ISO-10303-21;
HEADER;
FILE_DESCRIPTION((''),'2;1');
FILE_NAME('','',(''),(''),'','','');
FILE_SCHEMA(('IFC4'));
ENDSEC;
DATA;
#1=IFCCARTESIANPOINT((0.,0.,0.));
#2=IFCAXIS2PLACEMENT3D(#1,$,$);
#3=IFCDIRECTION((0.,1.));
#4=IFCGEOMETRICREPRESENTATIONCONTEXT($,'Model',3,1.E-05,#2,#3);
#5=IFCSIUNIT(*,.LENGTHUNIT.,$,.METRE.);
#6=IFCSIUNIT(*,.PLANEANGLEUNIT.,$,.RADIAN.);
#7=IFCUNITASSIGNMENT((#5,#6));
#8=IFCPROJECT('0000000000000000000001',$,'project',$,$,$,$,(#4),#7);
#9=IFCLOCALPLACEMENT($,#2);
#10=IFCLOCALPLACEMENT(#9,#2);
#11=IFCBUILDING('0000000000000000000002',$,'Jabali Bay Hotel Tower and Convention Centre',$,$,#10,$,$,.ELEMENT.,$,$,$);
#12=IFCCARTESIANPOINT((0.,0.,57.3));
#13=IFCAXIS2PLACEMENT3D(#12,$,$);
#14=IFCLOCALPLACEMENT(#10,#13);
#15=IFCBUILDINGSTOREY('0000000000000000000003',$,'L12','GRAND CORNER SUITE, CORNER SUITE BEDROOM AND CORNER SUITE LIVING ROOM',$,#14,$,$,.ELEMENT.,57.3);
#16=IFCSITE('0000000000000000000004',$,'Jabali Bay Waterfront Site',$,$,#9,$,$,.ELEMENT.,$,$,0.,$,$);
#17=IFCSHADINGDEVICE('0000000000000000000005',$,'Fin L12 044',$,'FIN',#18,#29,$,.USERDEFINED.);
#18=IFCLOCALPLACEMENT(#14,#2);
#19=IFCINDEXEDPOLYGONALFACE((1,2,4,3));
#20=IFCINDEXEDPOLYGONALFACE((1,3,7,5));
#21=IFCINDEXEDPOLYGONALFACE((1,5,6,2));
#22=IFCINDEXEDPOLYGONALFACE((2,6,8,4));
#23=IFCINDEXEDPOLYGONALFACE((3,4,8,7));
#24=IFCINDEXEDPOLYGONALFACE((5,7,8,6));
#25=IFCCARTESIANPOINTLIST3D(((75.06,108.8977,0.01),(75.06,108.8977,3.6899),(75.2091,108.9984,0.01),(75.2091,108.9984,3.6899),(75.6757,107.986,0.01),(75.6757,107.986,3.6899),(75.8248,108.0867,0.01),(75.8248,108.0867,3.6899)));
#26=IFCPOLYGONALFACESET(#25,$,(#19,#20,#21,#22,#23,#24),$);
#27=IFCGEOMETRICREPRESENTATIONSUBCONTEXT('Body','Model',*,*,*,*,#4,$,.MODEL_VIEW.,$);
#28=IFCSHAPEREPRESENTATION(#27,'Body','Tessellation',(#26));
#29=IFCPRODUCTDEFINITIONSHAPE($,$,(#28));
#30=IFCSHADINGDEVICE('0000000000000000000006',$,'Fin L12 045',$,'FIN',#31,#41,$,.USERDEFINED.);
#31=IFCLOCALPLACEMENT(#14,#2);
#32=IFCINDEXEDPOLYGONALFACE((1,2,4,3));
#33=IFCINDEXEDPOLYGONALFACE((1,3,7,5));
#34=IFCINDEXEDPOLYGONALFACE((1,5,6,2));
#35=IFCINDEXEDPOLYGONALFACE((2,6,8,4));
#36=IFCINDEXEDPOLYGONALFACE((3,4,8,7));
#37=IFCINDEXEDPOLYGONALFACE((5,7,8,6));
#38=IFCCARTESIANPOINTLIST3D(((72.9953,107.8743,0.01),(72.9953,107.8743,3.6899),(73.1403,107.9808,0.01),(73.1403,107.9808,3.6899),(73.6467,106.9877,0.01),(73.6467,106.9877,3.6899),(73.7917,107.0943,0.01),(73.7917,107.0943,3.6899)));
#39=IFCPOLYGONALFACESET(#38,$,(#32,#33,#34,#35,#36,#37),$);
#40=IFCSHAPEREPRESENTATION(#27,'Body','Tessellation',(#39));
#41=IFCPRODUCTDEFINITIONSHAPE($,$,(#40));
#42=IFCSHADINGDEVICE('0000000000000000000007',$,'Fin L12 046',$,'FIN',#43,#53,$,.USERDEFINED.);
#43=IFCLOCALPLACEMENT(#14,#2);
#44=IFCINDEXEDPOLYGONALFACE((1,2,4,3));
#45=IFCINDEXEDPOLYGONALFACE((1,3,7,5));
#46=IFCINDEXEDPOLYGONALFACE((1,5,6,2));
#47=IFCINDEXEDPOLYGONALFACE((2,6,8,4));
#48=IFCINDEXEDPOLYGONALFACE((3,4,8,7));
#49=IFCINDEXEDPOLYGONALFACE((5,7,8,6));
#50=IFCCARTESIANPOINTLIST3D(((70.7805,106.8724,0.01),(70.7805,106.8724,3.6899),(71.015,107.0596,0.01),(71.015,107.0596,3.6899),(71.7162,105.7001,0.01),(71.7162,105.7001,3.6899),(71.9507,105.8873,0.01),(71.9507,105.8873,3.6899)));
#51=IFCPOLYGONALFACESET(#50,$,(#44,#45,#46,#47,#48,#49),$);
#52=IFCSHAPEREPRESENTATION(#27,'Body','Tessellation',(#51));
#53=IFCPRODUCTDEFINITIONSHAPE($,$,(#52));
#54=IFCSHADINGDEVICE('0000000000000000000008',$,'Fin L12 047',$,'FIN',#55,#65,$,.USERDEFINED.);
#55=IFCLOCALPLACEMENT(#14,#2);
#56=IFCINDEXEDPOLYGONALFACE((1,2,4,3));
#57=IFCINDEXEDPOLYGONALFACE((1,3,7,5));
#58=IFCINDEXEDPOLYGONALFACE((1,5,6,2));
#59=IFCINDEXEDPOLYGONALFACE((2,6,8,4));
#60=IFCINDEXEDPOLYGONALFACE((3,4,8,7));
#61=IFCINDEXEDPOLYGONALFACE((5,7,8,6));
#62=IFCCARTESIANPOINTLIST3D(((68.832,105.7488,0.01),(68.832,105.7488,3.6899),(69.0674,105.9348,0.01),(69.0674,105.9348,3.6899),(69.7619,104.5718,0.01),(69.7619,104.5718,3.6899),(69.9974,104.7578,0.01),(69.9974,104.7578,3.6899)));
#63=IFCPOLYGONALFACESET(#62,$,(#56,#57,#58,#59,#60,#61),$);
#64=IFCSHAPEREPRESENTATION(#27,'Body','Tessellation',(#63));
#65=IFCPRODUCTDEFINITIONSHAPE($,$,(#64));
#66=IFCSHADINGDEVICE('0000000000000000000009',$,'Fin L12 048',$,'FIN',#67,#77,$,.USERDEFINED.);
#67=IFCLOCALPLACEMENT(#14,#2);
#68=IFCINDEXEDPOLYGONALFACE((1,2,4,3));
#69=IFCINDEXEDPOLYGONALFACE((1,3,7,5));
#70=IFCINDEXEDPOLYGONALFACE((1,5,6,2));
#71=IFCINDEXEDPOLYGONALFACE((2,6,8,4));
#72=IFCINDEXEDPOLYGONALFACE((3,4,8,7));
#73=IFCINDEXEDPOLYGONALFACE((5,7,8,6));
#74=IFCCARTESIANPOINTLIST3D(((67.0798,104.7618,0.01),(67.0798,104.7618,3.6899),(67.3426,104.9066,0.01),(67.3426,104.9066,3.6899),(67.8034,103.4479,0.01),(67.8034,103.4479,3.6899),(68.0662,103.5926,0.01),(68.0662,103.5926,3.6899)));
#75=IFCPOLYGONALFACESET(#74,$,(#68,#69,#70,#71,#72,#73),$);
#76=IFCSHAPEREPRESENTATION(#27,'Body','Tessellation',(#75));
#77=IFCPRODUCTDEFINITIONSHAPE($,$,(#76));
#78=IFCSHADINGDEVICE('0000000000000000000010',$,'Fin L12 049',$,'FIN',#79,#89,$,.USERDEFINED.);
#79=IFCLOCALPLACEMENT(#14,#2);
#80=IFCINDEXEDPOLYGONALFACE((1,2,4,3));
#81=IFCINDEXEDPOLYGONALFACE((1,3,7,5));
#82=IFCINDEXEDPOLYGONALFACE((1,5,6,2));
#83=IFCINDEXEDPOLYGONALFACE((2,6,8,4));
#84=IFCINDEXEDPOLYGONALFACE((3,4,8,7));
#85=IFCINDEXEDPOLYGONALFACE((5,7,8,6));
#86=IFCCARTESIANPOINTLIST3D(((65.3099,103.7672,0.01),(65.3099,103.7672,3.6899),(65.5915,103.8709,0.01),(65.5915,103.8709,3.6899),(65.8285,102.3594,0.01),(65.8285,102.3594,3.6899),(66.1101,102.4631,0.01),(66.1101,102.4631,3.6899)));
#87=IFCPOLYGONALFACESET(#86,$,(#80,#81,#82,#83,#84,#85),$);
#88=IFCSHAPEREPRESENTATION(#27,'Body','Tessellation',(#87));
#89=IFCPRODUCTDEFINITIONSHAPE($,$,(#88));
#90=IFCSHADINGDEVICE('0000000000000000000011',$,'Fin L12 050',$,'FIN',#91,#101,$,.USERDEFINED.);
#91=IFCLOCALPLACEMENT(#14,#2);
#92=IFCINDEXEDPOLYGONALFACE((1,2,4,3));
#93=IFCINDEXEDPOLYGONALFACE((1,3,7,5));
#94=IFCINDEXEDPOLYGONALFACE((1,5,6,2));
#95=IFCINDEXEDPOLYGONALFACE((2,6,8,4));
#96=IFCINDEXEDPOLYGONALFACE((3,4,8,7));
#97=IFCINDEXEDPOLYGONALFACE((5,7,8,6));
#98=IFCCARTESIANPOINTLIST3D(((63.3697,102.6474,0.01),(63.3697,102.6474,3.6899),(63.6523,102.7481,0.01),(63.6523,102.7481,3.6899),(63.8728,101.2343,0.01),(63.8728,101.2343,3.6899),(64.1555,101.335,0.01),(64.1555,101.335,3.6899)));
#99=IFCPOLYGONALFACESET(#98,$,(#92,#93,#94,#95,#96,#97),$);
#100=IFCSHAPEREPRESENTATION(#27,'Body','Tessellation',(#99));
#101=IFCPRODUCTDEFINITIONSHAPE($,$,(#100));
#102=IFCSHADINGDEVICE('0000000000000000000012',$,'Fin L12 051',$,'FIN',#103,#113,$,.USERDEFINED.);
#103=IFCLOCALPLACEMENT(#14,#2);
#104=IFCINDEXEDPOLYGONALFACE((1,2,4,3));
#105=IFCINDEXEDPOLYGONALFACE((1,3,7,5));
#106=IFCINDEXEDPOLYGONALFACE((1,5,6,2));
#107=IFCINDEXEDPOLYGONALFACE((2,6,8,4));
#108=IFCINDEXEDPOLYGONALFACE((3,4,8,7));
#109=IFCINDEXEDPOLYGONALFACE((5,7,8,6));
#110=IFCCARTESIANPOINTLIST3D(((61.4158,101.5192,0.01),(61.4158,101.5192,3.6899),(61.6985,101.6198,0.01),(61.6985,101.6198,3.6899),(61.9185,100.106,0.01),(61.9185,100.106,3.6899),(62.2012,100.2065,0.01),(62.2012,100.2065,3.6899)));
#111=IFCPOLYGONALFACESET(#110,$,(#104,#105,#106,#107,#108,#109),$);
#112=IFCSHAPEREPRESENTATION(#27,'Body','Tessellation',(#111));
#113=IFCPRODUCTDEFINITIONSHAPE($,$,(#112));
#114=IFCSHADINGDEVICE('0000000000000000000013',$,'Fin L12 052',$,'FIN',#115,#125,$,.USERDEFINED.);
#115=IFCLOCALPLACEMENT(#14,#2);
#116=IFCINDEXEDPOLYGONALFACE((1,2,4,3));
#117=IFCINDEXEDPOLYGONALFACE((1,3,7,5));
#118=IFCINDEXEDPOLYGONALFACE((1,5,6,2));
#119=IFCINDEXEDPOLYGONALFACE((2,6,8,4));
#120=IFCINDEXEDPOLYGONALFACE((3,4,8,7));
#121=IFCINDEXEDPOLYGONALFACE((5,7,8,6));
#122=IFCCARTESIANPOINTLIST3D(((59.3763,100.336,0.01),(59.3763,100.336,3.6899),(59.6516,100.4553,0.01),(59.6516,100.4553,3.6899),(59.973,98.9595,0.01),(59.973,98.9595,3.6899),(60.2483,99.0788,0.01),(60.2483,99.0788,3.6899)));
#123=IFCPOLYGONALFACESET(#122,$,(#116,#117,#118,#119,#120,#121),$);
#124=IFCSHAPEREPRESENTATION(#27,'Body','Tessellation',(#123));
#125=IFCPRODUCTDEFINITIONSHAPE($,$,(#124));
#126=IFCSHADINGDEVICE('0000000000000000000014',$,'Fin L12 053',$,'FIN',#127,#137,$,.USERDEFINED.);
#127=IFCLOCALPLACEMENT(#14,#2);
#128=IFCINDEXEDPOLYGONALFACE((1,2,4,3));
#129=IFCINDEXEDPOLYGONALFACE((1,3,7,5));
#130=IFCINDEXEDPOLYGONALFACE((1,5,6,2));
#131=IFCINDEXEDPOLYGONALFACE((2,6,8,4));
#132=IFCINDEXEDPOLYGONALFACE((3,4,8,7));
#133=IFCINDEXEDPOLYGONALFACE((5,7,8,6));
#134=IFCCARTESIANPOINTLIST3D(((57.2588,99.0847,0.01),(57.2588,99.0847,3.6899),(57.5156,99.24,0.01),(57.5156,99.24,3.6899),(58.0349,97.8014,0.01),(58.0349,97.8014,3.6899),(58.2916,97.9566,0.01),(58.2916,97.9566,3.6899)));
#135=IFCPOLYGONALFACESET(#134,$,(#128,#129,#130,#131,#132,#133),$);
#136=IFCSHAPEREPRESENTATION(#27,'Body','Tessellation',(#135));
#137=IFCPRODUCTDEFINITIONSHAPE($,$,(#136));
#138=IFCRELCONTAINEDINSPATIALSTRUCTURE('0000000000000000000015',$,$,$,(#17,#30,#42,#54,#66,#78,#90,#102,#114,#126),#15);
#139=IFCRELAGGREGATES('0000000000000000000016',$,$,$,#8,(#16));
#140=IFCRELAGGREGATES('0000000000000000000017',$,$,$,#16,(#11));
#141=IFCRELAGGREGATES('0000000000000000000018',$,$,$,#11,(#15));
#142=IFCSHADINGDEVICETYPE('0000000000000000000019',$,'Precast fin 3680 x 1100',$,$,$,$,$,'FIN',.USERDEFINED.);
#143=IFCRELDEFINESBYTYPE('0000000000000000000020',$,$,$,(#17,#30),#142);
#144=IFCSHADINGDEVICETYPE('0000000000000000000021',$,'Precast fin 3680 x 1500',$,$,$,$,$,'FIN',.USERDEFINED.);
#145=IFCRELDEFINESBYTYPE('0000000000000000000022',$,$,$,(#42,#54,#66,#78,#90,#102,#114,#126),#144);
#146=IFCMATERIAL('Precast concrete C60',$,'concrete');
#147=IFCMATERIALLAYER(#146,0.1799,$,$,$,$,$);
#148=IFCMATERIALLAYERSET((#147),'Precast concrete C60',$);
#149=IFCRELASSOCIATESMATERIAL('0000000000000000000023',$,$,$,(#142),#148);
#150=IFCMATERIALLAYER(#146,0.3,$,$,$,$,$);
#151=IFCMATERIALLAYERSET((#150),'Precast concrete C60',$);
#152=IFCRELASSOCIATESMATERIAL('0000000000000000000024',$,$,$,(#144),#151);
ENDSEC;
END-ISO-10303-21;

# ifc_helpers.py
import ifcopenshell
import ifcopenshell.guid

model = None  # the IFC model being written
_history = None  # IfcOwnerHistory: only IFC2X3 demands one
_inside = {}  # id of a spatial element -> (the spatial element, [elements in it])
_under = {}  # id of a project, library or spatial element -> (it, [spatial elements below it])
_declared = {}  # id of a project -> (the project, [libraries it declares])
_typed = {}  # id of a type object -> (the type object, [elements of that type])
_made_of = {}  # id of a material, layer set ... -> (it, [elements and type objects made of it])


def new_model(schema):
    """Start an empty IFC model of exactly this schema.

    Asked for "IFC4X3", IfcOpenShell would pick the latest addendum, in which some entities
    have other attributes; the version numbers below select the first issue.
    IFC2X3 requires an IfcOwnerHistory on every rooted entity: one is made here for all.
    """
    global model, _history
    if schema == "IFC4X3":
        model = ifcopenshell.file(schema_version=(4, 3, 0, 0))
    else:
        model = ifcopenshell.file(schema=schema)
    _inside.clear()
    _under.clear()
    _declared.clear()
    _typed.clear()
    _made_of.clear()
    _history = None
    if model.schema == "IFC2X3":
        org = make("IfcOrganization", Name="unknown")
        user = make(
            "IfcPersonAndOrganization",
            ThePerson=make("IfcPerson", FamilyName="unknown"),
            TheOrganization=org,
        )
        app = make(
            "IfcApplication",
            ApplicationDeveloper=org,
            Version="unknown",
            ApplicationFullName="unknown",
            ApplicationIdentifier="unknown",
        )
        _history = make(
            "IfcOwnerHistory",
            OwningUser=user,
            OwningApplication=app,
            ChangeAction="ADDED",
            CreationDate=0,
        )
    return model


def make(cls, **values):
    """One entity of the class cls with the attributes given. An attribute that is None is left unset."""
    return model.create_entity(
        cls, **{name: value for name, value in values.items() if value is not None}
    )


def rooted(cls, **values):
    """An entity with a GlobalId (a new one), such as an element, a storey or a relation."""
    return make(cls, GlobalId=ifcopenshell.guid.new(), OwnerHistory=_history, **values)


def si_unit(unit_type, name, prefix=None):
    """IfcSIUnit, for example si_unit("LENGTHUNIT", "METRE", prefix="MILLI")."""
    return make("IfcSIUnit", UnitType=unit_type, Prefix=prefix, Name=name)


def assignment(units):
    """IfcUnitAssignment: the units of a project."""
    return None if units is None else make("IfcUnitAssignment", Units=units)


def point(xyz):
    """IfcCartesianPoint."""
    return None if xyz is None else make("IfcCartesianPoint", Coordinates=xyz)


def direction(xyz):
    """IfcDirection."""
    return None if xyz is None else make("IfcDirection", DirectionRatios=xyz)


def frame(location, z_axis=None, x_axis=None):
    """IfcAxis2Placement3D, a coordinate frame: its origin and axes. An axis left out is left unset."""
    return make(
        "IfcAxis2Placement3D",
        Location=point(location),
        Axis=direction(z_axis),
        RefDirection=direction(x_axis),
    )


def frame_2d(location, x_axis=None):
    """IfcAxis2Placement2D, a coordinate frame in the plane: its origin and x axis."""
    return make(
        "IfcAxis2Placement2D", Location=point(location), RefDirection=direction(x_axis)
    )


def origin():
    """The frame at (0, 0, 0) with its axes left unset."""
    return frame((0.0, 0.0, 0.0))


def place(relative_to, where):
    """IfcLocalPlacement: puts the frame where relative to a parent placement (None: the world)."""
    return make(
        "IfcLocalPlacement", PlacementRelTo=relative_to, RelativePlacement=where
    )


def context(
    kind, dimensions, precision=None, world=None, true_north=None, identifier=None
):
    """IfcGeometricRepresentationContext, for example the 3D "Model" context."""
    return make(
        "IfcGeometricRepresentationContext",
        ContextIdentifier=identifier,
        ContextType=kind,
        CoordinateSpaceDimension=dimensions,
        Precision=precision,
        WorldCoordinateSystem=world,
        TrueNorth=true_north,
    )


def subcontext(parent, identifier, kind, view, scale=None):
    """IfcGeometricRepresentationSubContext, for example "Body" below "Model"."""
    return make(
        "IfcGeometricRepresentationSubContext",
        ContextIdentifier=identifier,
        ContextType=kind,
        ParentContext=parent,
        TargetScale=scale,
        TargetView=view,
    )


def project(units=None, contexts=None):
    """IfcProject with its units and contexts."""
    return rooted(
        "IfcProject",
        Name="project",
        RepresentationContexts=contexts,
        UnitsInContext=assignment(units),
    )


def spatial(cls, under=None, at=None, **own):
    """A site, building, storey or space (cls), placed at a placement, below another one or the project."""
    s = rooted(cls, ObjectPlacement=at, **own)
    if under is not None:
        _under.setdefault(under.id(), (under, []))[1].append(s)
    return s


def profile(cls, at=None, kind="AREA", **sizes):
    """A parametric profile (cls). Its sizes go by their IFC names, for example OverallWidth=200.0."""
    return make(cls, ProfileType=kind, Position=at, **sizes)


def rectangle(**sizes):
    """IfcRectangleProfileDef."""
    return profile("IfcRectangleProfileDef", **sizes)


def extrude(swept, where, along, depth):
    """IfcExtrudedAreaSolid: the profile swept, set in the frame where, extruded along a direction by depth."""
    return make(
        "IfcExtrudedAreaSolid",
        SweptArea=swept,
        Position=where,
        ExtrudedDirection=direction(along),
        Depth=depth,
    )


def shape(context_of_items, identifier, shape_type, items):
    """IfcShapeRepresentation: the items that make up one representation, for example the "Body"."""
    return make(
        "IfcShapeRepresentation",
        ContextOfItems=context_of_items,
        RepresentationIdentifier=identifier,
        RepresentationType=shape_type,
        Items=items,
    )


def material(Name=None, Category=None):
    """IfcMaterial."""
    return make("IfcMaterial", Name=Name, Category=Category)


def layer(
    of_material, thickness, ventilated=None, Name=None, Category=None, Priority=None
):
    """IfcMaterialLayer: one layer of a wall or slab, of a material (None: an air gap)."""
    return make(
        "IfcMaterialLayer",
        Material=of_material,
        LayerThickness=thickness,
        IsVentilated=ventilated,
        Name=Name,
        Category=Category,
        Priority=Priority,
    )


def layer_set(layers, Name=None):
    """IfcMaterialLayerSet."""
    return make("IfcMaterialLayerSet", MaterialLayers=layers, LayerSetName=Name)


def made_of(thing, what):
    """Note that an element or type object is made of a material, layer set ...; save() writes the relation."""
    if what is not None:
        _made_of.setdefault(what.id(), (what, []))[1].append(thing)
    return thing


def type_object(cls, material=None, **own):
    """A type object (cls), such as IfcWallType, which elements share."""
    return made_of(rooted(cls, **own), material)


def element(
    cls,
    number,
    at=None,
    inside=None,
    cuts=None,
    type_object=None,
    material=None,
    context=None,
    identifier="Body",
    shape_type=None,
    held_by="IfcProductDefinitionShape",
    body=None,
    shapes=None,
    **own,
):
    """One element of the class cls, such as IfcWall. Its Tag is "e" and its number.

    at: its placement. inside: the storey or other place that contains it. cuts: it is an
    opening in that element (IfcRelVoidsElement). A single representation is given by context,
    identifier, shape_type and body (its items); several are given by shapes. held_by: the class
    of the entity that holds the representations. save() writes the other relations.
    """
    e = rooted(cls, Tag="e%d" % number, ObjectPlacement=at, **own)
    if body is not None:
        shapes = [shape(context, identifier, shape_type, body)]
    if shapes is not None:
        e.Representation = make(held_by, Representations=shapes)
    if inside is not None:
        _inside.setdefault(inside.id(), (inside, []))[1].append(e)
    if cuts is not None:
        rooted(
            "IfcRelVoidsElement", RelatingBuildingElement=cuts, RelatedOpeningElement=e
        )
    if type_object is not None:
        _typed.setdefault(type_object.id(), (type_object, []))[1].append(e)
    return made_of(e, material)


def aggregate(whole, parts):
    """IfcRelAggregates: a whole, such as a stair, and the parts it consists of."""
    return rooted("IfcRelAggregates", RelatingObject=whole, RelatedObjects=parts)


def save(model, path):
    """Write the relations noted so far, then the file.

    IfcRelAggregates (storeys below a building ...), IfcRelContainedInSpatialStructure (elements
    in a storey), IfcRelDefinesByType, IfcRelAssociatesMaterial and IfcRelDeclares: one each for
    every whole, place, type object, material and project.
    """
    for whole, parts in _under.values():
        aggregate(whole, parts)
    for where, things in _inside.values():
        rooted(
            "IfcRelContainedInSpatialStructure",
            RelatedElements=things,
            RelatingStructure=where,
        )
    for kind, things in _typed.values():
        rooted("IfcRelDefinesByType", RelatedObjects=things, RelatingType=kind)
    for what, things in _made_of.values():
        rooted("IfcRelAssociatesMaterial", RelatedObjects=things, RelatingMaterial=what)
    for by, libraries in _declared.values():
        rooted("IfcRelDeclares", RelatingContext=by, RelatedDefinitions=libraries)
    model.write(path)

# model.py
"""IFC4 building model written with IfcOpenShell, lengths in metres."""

from ifc_helpers import new_model, si_unit, direction, frame, frame_2d, origin, place, context, subcontext, project, spatial, rectangle, extrude, material, layer, layer_set, type_object, element, save


model = new_model("IFC4")

# Units and contexts
model_context = context("Model", 3, precision=1e-05, world=origin(), true_north=direction((0.0, 1.0)))
body_context = subcontext(model_context, "Body", "Model", "MODEL_VIEW")
ifc_project = project(units=[si_unit("LENGTHUNIT", "METRE"), si_unit("PLANEANGLEUNIT", "RADIAN")], contexts=[model_context])

# Site, building, storey
site_placement = place(None, origin())
site = spatial("IfcSite", under=ifc_project, at=site_placement, Name="Jabali Bay Waterfront Site", CompositionType="ELEMENT", RefElevation=0.0)
building_placement = place(site_placement, origin())
building = spatial("IfcBuilding", under=site, at=building_placement, Name="Jabali Bay Hotel Tower and Convention Centre", CompositionType="ELEMENT")
storey_placement = place(building_placement, frame((0.0, 0.0, 57.3)))
storey = spatial("IfcBuildingStorey", under=building, at=storey_placement, Name="L12", Description="GRAND CORNER SUITE, CORNER SUITE BEDROOM AND CORNER SUITE LIVING ROOM", CompositionType="ELEMENT", Elevation=57.3)

# Shading devices
ifc_material_1 = material(Name="Precast concrete C60", Category="concrete")
ifc_layer_1 = layer(ifc_material_1, 0.1799)
ifc_layer_set_1 = layer_set([ifc_layer_1], Name="Precast concrete C60")
shading_device_type_1 = type_object("IfcShadingDeviceType", Name="Precast fin 3680 x 1100", ElementType="FIN", PredefinedType="USERDEFINED", material=ifc_layer_set_1)
for number, where, z_axis, x_axis, name in (
    (1, (75.7502, 108.0364, 0.01), (0.0, 0.0, 1.0), (-0.559709, 0.828689, 0.0), "Fin L12 044"),
    (2, (73.7192, 107.041, 0.01), (0.0, 0.0, 1.0), (-0.592123, 0.805847, 0.0), "Fin L12 045"),
):
    element("IfcShadingDevice", number, at=place(storey_placement, frame(where, z_axis=z_axis, x_axis=x_axis)), inside=storey, type_object=shading_device_type_1, Name=name, ObjectType="FIN", PredefinedType="USERDEFINED", context=body_context, shape_type="SweptSolid", body=[
        extrude(rectangle(XDim=1.1001, YDim=0.1799, at=frame_2d((0.55, 0.0))), origin(), (0.0, 0.0, 1.0), 3.6799),
    ])
ifc_layer_2 = layer(ifc_material_1, 0.3)
ifc_layer_set_2 = layer_set([ifc_layer_2], Name="Precast concrete C60")
shading_device_type_2 = type_object("IfcShadingDeviceType", Name="Precast fin 3680 x 1500", ElementType="FIN", PredefinedType="USERDEFINED", material=ifc_layer_set_2)
for number, where, z_axis, x_axis, name in (
    (3, (71.8335, 105.7937, 0.01), (0.0, 0.0, 1.0), (-0.623841, 0.781551, 0.0), "Fin L12 046"),
    (4, (69.8796, 104.6648, 0.01), (0.0, 0.0, 1.0), (-0.61994, 0.784649, 0.0), "Fin L12 047"),
    (5, (67.9348, 103.5203, 0.01), (0.0, 0.0, 1.0), (-0.482406, 0.875948, 0.0), "Fin L12 048"),
):
    element("IfcShadingDevice", number, at=place(storey_placement, frame(where, z_axis=z_axis, x_axis=x_axis)), inside=storey, type_object=shading_device_type_2, Name=name, ObjectType="FIN", PredefinedType="USERDEFINED", context=body_context, shape_type="SweptSolid", body=[
        extrude(rectangle(XDim=1.5, YDim=0.3, at=frame_2d((0.75, 0.0))), origin(), (0.0, 0.0, 1.0), 3.6799),
    ])
shading_device_1_placement = place(storey_placement, frame((65.9692, 102.4114, 0.01), z_axis=(0.0, 0.0, 1.0), x_axis=(-0.34566, 0.93836, 0.0)))
element("IfcShadingDevice", 6, at=shading_device_1_placement, inside=storey, type_object=shading_device_type_2, Name="Fin L12 049", ObjectType="FIN", PredefinedType="USERDEFINED", context=body_context, shape_type="SweptSolid", body=[
    extrude(rectangle(XDim=1.5002, YDim=0.3, at=frame_2d((0.75, 0.0))), origin(), (0.0, 0.0, 1.0), 3.6799),
])
for number, where, z_axis, x_axis, name in (
    (7, (64.0142, 101.2847, 0.01), (0.0, 0.0, 1.0), (-0.33545, 0.942058, 0.0), "Fin L12 050"),
    (8, (62.0598, 100.1562, 0.01), (0.0, 0.0, 1.0), (-0.335109, 0.942179, 0.0), "Fin L12 051"),
):
    element("IfcShadingDevice", number, at=place(storey_placement, frame(where, z_axis=z_axis, x_axis=x_axis)), inside=storey, type_object=shading_device_type_2, Name=name, ObjectType="FIN", PredefinedType="USERDEFINED", context=body_context, shape_type="SweptSolid", body=[
        extrude(rectangle(XDim=1.5, YDim=0.3, at=frame_2d((0.75, 0.0))), origin(), (0.0, 0.0, 1.0), 3.6799),
    ])
shading_device_2_placement = place(storey_placement, frame((60.1106, 99.0193, 0.01), z_axis=(0.0, 0.0, 1.0), x_axis=(-0.397726, 0.917504, 0.0)))
element("IfcShadingDevice", 9, at=shading_device_2_placement, inside=storey, type_object=shading_device_type_2, Name="Fin L12 052", ObjectType="FIN", PredefinedType="USERDEFINED", context=body_context, shape_type="SweptSolid", body=[
    extrude(rectangle(XDim=1.5002, YDim=0.3, at=frame_2d((0.75, 0.0))), origin(), (0.0, 0.0, 1.0), 3.6799),
])
shading_device_3_placement = place(storey_placement, frame((58.1633, 97.8789, 0.01), z_axis=(0.0, 0.0, 1.0), x_axis=(-0.517461, 0.855707, 0.0)))
element("IfcShadingDevice", 10, at=shading_device_3_placement, inside=storey, type_object=shading_device_type_2, Name="Fin L12 053", ObjectType="FIN", PredefinedType="USERDEFINED", context=body_context, shape_type="SweptSolid", body=[
    extrude(rectangle(XDim=1.4998, YDim=0.3, at=frame_2d((0.75, 0.0))), origin(), (0.0, 0.0, 1.0), 3.6799),
])

save(model, "model.ifc")
